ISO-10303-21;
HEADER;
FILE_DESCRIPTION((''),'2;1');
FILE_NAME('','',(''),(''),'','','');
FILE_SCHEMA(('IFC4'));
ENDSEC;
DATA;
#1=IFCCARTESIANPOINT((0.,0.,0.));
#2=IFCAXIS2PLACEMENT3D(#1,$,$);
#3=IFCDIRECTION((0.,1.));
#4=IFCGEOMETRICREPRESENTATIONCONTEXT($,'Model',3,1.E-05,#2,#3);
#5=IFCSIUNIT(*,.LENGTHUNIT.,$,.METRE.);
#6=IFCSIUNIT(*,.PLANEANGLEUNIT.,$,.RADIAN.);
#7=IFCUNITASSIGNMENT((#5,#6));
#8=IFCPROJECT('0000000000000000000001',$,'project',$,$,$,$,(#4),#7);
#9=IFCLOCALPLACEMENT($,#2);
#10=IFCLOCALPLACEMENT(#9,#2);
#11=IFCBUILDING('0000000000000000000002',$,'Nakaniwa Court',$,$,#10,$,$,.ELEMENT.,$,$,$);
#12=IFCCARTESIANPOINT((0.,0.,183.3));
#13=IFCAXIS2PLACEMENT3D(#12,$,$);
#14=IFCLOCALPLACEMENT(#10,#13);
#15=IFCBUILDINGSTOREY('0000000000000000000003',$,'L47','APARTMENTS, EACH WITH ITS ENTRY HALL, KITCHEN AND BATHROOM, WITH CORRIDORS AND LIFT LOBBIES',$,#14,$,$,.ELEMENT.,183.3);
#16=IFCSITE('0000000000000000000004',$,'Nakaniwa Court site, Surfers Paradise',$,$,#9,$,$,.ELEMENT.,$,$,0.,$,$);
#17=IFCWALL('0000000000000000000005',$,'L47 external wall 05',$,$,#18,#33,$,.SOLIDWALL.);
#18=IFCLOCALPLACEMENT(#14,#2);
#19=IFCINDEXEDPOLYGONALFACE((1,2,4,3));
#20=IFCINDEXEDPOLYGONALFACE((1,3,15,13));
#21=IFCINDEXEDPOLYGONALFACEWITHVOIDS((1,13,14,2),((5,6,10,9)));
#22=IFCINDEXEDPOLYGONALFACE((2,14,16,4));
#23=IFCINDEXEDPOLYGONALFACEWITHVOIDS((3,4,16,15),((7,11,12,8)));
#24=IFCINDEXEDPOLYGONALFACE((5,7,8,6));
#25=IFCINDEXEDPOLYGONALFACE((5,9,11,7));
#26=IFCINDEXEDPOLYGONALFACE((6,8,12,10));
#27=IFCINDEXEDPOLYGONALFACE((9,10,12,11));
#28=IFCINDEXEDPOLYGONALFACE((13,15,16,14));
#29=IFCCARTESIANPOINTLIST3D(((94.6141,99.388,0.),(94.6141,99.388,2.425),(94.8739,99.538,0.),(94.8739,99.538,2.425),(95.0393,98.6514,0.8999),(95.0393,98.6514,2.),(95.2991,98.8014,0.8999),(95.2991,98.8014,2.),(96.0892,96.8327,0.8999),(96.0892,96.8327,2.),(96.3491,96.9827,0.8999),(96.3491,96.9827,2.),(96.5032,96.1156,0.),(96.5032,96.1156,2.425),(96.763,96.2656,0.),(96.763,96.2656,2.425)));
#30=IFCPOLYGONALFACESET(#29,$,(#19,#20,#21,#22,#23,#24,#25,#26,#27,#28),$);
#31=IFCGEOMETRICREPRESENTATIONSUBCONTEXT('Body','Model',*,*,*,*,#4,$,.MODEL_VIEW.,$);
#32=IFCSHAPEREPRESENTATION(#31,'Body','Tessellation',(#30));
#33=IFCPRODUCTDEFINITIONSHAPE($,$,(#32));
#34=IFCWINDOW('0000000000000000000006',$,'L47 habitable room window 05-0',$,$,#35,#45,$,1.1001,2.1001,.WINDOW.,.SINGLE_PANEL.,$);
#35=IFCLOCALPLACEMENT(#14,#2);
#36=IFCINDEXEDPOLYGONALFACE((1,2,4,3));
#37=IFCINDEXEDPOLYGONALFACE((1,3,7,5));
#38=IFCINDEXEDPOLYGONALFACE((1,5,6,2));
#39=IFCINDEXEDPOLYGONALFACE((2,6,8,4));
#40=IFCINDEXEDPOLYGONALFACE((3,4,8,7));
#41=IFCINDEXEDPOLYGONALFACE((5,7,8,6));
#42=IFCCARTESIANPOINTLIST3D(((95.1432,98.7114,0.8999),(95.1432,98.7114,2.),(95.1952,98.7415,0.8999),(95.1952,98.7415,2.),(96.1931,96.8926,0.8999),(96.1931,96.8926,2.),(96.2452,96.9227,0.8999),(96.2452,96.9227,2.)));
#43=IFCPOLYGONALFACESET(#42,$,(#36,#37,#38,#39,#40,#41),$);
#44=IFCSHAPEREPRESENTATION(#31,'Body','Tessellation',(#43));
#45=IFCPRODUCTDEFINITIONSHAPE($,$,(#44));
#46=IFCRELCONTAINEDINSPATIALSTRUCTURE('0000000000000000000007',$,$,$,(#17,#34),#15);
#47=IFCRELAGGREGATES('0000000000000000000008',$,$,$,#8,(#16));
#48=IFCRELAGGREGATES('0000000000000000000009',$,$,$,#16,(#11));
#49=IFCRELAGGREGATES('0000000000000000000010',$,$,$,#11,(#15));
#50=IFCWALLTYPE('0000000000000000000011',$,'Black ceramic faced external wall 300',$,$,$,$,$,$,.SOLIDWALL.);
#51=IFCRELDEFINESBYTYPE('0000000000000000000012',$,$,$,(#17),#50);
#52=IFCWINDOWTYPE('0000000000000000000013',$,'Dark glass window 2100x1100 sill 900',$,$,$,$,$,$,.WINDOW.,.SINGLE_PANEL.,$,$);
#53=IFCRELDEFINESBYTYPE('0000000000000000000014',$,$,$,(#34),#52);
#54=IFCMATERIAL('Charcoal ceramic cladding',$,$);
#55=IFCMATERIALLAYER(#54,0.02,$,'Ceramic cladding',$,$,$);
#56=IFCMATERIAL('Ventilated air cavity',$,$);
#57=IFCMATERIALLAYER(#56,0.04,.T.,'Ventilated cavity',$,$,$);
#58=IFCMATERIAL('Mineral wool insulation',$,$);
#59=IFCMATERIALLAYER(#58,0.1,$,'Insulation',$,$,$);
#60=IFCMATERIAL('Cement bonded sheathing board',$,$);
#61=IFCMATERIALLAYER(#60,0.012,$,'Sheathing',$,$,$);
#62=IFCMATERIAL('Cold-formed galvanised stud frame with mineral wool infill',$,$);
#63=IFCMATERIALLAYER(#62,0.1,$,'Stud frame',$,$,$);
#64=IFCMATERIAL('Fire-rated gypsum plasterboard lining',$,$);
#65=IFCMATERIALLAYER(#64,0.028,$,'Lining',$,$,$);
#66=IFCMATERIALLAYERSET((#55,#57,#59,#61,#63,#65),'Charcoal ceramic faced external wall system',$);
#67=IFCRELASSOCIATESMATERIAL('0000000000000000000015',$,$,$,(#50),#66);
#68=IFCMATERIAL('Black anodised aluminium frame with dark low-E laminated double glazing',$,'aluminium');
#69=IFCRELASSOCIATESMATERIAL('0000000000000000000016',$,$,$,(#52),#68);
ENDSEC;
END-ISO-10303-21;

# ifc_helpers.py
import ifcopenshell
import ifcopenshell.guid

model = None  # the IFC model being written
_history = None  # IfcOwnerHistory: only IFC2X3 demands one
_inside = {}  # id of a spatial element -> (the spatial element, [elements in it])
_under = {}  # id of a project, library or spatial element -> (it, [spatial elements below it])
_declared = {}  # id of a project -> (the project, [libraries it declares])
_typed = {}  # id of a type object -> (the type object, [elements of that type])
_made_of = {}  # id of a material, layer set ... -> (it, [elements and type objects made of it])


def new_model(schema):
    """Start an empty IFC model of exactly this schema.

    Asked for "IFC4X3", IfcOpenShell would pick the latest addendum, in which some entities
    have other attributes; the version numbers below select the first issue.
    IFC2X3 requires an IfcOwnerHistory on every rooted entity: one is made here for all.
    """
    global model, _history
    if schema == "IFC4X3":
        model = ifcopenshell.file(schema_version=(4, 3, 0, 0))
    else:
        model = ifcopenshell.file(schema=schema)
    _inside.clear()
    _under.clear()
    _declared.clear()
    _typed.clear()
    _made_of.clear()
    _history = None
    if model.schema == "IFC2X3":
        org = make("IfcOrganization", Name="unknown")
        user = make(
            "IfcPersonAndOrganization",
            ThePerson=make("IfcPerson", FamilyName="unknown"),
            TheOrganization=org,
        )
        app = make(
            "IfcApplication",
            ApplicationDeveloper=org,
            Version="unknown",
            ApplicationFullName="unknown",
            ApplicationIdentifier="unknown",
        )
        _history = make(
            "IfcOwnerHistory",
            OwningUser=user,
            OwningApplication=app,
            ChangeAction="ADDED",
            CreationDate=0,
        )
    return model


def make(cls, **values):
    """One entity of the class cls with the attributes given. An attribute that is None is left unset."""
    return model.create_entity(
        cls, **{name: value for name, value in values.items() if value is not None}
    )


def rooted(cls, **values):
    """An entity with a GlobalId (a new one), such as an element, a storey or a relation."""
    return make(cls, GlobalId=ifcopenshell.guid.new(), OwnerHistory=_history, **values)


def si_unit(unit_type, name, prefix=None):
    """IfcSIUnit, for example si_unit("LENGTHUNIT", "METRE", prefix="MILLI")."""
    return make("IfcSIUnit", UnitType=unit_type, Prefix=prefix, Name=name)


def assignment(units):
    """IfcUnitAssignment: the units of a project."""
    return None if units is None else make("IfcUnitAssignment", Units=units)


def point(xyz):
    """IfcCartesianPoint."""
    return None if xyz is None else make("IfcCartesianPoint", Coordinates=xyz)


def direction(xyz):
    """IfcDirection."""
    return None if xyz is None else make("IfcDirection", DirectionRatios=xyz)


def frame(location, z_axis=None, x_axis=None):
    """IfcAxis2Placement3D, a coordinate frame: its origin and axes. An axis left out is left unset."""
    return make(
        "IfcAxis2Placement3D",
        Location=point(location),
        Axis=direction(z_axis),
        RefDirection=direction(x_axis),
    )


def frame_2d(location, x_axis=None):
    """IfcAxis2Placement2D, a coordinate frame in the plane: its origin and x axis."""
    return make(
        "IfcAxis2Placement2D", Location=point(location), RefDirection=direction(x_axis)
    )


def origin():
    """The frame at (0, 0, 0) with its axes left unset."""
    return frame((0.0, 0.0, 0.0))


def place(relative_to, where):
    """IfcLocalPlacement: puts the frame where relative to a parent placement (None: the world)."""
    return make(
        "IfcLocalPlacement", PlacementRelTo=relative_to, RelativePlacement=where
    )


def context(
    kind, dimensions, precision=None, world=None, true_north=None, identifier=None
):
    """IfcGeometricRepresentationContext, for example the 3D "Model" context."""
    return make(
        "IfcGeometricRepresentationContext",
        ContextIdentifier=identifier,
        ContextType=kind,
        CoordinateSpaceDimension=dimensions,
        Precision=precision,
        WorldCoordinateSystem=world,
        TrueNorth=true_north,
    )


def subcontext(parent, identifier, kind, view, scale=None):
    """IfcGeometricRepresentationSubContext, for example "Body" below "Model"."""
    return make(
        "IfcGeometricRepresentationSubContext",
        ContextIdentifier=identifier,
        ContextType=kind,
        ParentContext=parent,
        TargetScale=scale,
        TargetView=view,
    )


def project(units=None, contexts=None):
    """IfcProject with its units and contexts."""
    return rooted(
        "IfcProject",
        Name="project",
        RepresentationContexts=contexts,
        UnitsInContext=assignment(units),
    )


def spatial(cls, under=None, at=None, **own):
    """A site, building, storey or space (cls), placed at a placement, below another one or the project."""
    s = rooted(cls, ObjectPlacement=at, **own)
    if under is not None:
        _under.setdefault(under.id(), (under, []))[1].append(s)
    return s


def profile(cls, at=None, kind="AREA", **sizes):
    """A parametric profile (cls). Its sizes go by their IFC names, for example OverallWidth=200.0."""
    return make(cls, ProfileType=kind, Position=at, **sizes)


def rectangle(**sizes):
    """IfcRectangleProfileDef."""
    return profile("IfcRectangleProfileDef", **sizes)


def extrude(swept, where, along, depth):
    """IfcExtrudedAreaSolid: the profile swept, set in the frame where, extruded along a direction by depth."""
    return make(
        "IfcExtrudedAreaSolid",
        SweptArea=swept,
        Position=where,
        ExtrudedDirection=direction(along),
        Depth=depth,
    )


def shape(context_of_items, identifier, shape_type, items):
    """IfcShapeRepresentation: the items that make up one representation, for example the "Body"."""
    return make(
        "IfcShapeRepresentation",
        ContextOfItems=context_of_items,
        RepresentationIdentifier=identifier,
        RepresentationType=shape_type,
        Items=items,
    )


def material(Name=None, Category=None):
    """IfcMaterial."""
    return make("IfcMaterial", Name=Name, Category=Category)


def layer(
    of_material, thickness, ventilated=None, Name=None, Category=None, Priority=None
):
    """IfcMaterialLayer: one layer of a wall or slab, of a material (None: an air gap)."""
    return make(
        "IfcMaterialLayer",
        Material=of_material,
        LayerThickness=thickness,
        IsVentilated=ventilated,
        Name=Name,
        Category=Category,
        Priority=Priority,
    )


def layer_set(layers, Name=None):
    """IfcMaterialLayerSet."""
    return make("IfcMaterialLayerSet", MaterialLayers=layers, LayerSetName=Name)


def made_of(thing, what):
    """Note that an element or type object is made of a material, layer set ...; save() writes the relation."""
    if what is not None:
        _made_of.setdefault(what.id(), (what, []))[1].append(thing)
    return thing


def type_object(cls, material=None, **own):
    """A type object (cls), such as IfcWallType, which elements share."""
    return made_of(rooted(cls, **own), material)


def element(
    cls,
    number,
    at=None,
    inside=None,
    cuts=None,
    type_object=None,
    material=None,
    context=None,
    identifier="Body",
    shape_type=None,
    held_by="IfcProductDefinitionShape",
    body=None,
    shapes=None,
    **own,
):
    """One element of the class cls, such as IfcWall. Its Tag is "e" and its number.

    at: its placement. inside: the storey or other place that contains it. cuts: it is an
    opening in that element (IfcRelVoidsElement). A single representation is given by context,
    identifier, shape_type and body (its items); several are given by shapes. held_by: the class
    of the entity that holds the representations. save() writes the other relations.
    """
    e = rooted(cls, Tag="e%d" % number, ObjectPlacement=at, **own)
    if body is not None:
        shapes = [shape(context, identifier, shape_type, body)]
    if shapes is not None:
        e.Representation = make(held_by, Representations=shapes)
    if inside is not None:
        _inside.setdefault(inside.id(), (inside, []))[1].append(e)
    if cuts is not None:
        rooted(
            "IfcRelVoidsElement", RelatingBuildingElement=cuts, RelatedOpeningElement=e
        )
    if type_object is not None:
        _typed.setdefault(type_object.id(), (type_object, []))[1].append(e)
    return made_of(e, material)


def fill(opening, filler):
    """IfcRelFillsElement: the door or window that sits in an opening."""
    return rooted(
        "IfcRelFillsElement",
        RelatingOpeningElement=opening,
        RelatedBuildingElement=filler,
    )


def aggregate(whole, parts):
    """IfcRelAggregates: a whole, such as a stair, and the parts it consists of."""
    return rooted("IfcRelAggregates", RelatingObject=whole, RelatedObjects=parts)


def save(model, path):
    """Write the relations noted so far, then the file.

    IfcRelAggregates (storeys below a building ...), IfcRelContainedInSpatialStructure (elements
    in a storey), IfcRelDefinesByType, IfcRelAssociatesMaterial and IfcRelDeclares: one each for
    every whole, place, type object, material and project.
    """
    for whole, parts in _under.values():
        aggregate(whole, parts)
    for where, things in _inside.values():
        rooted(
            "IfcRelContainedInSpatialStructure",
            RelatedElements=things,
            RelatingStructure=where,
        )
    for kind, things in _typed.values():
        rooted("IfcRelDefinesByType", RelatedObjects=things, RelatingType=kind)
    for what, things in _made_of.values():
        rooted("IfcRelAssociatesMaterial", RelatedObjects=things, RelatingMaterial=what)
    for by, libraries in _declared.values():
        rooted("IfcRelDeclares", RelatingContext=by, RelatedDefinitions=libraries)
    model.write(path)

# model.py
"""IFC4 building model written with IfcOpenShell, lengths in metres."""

from ifc_helpers import new_model, si_unit, direction, frame, frame_2d, origin, place, context, subcontext, project, spatial, rectangle, extrude, material, layer, layer_set, type_object, element, fill, save


model = new_model("IFC4")

# Units and contexts
model_context = context("Model", 3, precision=1e-05, world=origin(), true_north=direction((0.0, 1.0)))
body_context = subcontext(model_context, "Body", "Model", "MODEL_VIEW")
ifc_project = project(units=[si_unit("LENGTHUNIT", "METRE"), si_unit("PLANEANGLEUNIT", "RADIAN")], contexts=[model_context])

# Site, building, storey
site_placement = place(None, origin())
site = spatial("IfcSite", under=ifc_project, at=site_placement, Name="Nakaniwa Court site, Surfers Paradise", CompositionType="ELEMENT", RefElevation=0.0)
building_placement = place(site_placement, origin())
building = spatial("IfcBuilding", under=site, at=building_placement, Name="Nakaniwa Court", CompositionType="ELEMENT")
storey_placement = place(building_placement, frame((0.0, 0.0, 183.3)))
storey = spatial("IfcBuildingStorey", under=building, at=storey_placement, Name="L47", Description="APARTMENTS, EACH WITH ITS ENTRY HALL, KITCHEN AND BATHROOM, WITH CORRIDORS AND LIFT LOBBIES", CompositionType="ELEMENT", Elevation=183.3)

# Wall, opening, window
ifc_material_1 = material(Name="Charcoal ceramic cladding")
ifc_layer_1 = layer(ifc_material_1, 0.02, Name="Ceramic cladding")
ifc_material_2 = material(Name="Ventilated air cavity")
ifc_layer_2 = layer(ifc_material_2, 0.04, ventilated=True, Name="Ventilated cavity")
ifc_material_3 = material(Name="Mineral wool insulation")
ifc_layer_3 = layer(ifc_material_3, 0.1, Name="Insulation")
ifc_material_4 = material(Name="Cement bonded sheathing board")
ifc_layer_4 = layer(ifc_material_4, 0.012, Name="Sheathing")
ifc_material_5 = material(Name="Cold-formed galvanised stud frame with mineral wool infill")
ifc_layer_5 = layer(ifc_material_5, 0.1, Name="Stud frame")
ifc_material_6 = material(Name="Fire-rated gypsum plasterboard lining")
ifc_layer_6 = layer(ifc_material_6, 0.028, Name="Lining")
ifc_layer_set_1 = layer_set([ifc_layer_1, ifc_layer_2, ifc_layer_3, ifc_layer_4, ifc_layer_5, ifc_layer_6], Name="Charcoal ceramic faced external wall system")
wall_type_1 = type_object("IfcWallType", Name="Black ceramic faced external wall 300", PredefinedType="SOLIDWALL", material=ifc_layer_set_1)
wall_1_placement = place(storey_placement, frame((96.6331, 96.1907, 0.0), z_axis=(0.0, 0.0, 1.0), x_axis=(-0.499961, 0.866048, 0.0)))
wall_1 = element("IfcWall", 1, at=wall_1_placement, inside=storey, type_object=wall_type_1, Name="L47 external wall 05", PredefinedType="SOLIDWALL", context=body_context, shape_type="SweptSolid", body=[
    extrude(rectangle(XDim=3.7786, YDim=0.3, at=frame_2d((1.8892, 0.0))), origin(), (0.0, 0.0, 1.0), 2.425),
])
opening_1_placement = place(wall_1_placement, frame((0.8279, 0.0, 0.8999)))
opening_1 = element("IfcOpeningElement", 2, at=opening_1_placement, cuts=wall_1, PredefinedType="OPENING", context=body_context, shape_type="SweptSolid", body=[
    extrude(rectangle(XDim=2.1001, YDim=1.1001, at=frame_2d((1.05, 0.55))), frame((0.0, 0.1599, 0.0), z_axis=(0.0, -1.0, 0.0), x_axis=(1.0, 0.0, 0.0)), (0.0, 0.0, 1.0), 0.3201),
])
ifc_material_7 = material(Name="Black anodised aluminium frame with dark low-E laminated double glazing", Category="aluminium")
window_type = type_object("IfcWindowType", Name="Dark glass window 2100x1100 sill 900", PartitioningType="SINGLE_PANEL", PredefinedType="WINDOW", material=ifc_material_7)
window_placement = place(opening_1_placement, origin())
window = element("IfcWindow", 3, at=window_placement, inside=storey, type_object=window_type, Name="L47 habitable room window 05-0", OverallHeight=1.1001, OverallWidth=2.1001, PartitioningType="SINGLE_PANEL", PredefinedType="WINDOW", context=body_context, shape_type="SweptSolid", body=[
    extrude(rectangle(XDim=2.1001, YDim=1.1001, at=frame_2d((1.05, 0.55))), frame((0.0, 0.03, 0.0), z_axis=(0.0, -1.0, 0.0), x_axis=(1.0, 0.0, 0.0)), (0.0, 0.0, 1.0), 0.0601),
])
fill(opening_1, window)

save(model, "model.ifc")
